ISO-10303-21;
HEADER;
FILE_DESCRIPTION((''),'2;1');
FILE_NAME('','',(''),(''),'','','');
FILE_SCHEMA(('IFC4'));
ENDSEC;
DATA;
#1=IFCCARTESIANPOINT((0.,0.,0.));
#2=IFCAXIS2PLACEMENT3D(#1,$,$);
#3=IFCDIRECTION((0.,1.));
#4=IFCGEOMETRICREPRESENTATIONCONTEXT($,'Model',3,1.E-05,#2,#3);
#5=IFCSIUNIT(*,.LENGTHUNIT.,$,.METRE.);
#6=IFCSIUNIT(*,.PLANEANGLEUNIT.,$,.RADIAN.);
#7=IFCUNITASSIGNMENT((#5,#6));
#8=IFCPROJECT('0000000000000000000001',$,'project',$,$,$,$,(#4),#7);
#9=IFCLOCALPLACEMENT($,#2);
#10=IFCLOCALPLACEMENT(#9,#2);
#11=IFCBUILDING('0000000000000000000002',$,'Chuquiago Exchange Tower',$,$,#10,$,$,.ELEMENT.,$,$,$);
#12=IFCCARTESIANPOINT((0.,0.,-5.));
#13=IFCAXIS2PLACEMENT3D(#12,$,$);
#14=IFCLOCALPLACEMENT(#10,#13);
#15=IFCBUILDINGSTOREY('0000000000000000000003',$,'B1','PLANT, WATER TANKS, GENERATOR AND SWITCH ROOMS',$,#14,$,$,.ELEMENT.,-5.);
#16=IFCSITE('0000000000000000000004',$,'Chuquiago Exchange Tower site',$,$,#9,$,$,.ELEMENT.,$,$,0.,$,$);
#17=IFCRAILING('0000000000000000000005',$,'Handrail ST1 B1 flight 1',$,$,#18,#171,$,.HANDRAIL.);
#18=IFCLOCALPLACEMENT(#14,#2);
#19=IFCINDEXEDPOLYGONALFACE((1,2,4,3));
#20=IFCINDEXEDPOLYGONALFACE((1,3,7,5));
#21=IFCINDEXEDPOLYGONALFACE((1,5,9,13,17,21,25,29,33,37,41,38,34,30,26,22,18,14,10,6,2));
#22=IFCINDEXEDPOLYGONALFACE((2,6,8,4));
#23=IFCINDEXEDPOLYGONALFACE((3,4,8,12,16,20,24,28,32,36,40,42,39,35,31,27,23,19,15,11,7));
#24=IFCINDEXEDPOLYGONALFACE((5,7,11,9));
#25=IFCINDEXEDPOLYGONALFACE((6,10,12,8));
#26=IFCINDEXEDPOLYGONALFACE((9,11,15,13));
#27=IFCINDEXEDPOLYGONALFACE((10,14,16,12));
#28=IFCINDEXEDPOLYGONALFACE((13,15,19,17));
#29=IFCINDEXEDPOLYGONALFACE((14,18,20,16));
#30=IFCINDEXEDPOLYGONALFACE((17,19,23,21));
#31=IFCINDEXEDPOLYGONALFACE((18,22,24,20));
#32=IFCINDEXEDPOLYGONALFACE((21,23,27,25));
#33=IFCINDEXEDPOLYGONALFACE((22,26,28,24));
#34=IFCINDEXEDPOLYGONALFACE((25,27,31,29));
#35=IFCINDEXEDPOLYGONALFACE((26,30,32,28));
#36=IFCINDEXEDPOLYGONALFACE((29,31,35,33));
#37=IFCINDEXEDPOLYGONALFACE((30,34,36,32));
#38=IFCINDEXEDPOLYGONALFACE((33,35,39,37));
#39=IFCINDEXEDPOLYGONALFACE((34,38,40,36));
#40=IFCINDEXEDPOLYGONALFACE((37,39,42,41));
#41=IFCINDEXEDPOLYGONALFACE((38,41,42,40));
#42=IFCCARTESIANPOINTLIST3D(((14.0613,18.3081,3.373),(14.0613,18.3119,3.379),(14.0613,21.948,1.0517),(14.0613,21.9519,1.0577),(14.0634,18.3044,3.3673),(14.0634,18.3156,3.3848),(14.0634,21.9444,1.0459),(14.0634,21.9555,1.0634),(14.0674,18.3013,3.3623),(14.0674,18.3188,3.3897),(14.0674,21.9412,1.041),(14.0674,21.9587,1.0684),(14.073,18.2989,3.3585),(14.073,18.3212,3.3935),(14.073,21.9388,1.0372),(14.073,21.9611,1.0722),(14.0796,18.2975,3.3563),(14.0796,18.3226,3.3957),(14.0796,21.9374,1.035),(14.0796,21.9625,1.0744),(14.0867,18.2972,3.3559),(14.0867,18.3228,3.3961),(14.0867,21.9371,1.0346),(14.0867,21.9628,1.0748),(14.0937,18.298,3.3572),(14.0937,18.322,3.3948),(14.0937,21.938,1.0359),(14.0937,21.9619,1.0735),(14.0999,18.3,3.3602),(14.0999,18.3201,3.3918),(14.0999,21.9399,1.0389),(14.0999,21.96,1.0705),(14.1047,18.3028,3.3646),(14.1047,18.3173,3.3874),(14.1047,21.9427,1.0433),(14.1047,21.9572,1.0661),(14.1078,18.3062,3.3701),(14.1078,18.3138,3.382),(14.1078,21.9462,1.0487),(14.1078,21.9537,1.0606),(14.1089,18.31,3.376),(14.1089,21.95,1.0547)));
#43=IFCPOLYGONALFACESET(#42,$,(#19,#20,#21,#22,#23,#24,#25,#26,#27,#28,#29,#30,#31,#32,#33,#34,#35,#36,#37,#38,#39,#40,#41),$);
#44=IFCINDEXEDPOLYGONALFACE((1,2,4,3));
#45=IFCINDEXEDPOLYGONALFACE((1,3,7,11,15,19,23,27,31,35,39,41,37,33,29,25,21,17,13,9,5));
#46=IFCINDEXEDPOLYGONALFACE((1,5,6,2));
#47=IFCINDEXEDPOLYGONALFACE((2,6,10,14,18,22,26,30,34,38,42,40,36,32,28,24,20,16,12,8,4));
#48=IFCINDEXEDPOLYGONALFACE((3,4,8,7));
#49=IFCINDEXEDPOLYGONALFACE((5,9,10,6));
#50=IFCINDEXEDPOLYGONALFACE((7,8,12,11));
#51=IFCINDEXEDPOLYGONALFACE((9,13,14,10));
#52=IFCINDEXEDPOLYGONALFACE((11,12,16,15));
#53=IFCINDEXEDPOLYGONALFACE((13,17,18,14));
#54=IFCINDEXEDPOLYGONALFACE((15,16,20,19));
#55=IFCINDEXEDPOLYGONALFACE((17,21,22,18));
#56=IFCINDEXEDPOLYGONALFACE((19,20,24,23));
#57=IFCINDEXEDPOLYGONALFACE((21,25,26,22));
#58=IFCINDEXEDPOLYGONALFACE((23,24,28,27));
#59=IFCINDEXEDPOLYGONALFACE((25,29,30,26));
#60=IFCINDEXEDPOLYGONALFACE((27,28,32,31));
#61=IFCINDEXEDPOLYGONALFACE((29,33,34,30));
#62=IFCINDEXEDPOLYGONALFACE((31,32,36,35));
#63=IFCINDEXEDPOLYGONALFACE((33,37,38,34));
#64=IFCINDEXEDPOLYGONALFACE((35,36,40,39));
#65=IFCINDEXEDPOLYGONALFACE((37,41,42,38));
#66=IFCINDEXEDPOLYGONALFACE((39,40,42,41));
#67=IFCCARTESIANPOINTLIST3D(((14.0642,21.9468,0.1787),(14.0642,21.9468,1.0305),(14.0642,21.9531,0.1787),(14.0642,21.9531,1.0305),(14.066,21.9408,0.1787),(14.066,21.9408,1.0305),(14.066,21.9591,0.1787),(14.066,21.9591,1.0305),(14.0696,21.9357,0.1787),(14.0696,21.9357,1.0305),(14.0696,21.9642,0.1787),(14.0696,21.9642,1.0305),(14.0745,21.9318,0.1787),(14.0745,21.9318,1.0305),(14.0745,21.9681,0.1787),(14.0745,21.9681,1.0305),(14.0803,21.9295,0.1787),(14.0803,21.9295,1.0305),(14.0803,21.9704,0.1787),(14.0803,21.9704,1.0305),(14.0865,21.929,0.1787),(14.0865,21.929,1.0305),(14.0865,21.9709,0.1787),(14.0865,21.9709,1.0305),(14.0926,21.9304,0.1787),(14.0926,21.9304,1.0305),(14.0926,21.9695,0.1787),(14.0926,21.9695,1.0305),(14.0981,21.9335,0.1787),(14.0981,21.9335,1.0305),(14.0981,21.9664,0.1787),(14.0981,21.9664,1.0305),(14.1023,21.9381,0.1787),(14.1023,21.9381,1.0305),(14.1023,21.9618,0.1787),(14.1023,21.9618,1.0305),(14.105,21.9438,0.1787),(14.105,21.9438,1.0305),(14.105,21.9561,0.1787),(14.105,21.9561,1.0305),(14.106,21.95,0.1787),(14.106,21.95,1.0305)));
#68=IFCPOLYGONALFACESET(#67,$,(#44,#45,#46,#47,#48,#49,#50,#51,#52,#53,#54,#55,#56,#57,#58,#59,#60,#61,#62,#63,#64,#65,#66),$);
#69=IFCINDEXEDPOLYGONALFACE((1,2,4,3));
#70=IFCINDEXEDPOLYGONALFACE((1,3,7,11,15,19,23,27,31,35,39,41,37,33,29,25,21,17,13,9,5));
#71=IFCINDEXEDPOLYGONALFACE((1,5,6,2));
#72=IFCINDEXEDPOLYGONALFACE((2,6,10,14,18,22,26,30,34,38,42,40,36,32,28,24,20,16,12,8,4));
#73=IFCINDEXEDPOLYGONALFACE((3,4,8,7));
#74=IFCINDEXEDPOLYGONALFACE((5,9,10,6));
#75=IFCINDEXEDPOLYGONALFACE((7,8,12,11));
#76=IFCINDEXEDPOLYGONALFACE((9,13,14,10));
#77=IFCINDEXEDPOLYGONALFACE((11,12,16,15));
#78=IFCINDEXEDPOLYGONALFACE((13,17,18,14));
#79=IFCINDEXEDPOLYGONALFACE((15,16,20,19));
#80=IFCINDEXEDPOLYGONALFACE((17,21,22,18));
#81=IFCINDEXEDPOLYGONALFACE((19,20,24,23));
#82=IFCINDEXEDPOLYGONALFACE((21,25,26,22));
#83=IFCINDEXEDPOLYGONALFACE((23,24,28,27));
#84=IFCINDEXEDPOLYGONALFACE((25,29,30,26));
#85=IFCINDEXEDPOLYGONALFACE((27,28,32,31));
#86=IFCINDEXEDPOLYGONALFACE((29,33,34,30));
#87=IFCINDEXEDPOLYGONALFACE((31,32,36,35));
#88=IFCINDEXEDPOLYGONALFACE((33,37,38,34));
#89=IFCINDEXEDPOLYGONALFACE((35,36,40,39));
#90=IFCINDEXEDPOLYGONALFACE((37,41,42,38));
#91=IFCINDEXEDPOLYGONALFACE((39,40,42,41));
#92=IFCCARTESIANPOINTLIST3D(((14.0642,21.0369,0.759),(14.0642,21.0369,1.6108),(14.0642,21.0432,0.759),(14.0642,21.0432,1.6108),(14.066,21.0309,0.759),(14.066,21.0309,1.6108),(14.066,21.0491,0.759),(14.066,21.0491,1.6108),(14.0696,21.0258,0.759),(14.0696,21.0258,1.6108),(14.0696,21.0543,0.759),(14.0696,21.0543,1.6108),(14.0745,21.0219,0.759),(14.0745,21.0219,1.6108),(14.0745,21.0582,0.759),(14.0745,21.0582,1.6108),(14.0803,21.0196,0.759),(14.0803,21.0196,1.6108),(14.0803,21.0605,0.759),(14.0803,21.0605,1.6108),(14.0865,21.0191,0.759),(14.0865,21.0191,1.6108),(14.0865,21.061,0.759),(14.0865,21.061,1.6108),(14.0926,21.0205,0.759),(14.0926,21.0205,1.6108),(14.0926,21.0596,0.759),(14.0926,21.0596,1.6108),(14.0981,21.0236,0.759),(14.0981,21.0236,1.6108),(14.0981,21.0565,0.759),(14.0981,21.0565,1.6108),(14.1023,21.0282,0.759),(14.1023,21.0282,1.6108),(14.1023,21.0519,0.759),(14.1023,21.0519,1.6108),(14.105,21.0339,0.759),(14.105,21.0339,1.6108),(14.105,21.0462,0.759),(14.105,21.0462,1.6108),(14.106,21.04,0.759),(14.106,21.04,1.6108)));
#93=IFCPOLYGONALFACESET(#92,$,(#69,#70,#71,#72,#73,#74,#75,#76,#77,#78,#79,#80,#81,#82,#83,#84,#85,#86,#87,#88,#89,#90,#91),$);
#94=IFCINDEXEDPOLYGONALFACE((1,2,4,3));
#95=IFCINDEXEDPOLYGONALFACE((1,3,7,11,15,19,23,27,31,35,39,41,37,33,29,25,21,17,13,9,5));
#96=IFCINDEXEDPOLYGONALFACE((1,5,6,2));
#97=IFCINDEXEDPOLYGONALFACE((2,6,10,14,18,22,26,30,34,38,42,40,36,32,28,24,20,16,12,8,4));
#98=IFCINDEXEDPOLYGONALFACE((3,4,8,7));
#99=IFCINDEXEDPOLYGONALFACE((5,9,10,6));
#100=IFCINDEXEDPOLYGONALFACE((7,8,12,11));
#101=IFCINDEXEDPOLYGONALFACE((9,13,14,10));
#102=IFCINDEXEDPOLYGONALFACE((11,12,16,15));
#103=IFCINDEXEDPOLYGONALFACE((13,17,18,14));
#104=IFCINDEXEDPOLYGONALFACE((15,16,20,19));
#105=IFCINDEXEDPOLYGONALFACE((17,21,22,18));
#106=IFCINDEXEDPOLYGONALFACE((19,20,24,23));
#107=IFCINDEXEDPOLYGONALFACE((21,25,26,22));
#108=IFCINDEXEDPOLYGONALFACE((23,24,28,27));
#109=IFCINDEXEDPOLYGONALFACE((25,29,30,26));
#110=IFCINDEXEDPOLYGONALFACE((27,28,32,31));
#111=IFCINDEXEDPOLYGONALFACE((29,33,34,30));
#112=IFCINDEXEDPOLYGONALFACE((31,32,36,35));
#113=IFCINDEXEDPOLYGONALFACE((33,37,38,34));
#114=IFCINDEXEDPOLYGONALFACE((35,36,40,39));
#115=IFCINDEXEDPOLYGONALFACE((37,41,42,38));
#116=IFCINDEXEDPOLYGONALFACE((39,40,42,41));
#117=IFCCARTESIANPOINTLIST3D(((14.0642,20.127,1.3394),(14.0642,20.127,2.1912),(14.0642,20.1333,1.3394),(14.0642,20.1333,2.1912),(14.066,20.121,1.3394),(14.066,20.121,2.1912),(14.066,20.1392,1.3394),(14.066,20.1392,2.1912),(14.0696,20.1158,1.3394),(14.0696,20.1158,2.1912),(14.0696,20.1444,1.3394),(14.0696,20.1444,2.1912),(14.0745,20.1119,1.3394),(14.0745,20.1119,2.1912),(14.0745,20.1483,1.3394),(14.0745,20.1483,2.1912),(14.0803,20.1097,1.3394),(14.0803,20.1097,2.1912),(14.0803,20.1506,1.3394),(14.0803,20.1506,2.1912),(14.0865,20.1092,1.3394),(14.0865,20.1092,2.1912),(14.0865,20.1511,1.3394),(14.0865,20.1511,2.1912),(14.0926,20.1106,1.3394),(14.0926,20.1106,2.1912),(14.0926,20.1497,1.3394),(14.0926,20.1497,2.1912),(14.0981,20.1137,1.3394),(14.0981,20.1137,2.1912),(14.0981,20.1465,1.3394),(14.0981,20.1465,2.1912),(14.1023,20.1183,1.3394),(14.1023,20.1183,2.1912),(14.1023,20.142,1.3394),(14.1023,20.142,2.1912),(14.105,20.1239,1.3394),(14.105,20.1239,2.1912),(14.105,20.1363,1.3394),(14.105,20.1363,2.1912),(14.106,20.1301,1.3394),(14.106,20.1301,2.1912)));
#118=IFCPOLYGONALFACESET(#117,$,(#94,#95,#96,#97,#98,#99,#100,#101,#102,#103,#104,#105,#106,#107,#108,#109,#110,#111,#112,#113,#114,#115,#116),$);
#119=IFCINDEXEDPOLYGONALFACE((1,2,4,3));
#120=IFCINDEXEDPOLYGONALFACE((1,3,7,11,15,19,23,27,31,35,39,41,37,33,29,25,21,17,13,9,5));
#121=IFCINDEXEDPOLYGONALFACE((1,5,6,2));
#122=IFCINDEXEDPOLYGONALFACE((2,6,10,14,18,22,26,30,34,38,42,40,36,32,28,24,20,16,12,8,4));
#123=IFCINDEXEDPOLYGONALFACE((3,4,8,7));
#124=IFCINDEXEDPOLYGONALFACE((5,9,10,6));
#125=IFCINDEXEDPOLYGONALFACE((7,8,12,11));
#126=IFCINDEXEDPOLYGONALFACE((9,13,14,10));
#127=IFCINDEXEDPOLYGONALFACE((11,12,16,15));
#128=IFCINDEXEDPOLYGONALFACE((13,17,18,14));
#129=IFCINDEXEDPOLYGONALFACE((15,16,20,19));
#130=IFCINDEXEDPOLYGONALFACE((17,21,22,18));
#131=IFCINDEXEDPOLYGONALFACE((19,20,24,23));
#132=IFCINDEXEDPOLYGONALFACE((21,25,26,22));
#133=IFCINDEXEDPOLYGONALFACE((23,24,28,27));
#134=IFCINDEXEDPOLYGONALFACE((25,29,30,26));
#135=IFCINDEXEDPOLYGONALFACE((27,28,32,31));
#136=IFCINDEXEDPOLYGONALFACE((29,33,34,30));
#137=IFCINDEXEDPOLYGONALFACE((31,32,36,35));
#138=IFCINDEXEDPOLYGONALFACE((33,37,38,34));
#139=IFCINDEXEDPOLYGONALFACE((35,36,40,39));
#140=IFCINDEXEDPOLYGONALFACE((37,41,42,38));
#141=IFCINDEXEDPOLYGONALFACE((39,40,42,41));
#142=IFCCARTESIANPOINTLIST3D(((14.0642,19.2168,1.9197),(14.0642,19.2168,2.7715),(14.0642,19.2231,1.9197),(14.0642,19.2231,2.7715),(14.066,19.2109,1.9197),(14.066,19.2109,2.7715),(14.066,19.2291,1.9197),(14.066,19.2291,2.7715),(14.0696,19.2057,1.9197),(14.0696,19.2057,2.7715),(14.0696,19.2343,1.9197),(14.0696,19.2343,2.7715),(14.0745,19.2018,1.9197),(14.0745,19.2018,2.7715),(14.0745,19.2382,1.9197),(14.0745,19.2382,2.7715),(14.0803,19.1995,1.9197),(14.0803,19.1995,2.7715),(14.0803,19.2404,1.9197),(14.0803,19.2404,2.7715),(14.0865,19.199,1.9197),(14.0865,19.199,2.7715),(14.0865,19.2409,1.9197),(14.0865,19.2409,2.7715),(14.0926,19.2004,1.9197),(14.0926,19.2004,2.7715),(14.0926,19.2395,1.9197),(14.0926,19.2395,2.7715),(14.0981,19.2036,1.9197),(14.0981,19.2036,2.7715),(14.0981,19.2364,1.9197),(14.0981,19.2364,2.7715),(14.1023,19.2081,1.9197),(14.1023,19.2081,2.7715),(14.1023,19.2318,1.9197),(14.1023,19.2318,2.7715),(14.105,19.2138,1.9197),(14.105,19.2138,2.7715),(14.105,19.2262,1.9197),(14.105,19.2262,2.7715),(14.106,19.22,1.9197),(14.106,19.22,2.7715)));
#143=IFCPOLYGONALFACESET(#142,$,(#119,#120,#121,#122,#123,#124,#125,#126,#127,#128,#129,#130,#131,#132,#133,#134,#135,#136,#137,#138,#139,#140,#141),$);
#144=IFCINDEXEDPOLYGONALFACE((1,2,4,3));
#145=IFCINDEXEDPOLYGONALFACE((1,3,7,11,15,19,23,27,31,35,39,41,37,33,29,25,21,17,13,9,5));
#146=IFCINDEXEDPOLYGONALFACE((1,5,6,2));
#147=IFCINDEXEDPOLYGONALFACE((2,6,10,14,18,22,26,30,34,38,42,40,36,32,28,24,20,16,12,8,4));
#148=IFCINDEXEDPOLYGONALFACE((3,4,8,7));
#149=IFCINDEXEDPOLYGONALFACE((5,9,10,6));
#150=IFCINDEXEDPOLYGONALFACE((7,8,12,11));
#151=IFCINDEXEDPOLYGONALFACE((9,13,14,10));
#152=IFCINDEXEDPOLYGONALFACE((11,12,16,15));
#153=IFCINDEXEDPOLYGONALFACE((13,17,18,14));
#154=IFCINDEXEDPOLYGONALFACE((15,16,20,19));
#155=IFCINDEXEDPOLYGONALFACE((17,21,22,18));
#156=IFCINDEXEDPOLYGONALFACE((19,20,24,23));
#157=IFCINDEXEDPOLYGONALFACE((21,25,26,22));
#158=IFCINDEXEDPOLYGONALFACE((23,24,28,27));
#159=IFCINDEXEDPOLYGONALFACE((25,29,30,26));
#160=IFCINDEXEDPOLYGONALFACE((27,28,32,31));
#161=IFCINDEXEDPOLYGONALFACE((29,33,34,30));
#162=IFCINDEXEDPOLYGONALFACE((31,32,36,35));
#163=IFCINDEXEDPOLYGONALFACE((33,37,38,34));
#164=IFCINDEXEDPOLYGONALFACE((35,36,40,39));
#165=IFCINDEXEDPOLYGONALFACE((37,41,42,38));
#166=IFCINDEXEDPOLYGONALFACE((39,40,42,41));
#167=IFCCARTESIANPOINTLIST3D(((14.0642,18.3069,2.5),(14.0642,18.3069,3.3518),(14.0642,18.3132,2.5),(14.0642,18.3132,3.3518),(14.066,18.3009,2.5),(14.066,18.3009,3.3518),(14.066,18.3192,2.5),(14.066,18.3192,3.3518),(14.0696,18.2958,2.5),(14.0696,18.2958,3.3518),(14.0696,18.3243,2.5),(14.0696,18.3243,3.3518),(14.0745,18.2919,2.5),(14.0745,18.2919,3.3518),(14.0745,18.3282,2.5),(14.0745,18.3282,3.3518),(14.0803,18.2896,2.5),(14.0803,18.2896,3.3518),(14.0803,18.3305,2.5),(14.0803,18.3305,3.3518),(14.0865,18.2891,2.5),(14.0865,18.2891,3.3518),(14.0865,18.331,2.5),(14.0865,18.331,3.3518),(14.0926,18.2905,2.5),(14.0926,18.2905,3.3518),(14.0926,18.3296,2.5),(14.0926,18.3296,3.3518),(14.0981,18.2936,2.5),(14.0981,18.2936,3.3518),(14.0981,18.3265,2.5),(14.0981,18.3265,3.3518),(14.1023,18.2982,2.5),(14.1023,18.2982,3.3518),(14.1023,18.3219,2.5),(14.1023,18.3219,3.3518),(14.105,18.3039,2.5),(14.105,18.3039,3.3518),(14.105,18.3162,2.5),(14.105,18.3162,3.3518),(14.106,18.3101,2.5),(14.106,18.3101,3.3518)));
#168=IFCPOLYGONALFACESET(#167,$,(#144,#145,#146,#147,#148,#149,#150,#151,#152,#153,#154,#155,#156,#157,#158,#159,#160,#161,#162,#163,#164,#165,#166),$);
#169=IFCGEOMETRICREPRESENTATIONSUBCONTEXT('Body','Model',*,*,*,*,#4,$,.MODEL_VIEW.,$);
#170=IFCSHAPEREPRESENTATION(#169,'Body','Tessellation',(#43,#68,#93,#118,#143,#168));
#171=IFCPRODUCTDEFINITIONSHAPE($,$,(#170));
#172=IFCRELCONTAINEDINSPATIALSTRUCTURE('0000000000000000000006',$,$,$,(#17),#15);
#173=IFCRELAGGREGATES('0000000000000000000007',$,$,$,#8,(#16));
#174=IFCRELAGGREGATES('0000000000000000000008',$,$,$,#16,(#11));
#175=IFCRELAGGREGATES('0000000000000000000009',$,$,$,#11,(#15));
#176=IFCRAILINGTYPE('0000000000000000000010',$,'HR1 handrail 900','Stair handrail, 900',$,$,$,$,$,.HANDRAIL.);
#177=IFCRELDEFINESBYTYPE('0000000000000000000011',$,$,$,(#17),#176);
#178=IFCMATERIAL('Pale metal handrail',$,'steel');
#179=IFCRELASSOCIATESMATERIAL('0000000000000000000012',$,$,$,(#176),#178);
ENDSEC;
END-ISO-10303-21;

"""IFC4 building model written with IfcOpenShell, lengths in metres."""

from ifc_helpers import new_model, si_unit, direction, frame, origin, origin_2d, place, context, subcontext, project, spatial, circle, extrude, material, type_object, element, save


model = new_model("IFC4")

# Units and contexts
model_context = context("Model", 3, precision=1e-05, world=origin(), true_north=direction((0.0, 1.0)))
body_context = subcontext(model_context, "Body", "Model", "MODEL_VIEW")
ifc_project = project(units=[si_unit("LENGTHUNIT", "METRE"), si_unit("PLANEANGLEUNIT", "RADIAN")], contexts=[model_context])

# Site, building, storey
site_placement = place(None, origin())
site = spatial("IfcSite", under=ifc_project, at=site_placement, Name="Chuquiago Exchange Tower site", CompositionType="ELEMENT", RefElevation=0.0)
building_placement = place(site_placement, origin())
building = spatial("IfcBuilding", under=site, at=building_placement, Name="Chuquiago Exchange Tower", CompositionType="ELEMENT")
storey_placement = place(building_placement, frame((0.0, 0.0, -5.0)))
storey = spatial("IfcBuildingStorey", under=building, at=storey_placement, Name="B1", Description="PLANT, WATER TANKS, GENERATOR AND SWITCH ROOMS", CompositionType="ELEMENT", Elevation=-5.0)

# Railing
ifc_material_1 = material(Name="Pale metal handrail", Category="steel")
railing_type = type_object("IfcRailingType", Name="HR1 handrail 900", Description="Stair handrail, 900", PredefinedType="HANDRAIL", material=ifc_material_1)
for number, where, name in (
    (1, (14.085, 21.95, 0.1787), "Handrail ST1 B1 flight 1"),
):
    element("IfcRailing", number, at=place(storey_placement, frame(where)), inside=storey, type_object=railing_type, Name=name, PredefinedType="HANDRAIL", context=body_context, shape_type="SweptSolid", body=[
        extrude(circle(Radius=0.0239, at=origin_2d()), frame((0.0, 0.0, 0.876), z_axis=(0.0, -0.843137, 0.537699), x_axis=(1.0, 0.0, 0.0)), (0.0, 0.0, 1.0), 4.3171),
        extrude(circle(Radius=0.021, at=origin_2d()), origin(), (0.0, 0.0, 1.0), 0.8518),
        extrude(circle(Radius=0.021, at=origin_2d()), frame((0.0, -0.9099, 0.5803)), (0.0, 0.0, 1.0), 0.8518),
        extrude(circle(Radius=0.021, at=origin_2d()), frame((0.0, -1.8198, 1.1606)), (0.0, 0.0, 1.0), 0.8518),
        extrude(circle(Radius=0.021, at=origin_2d()), frame((0.0, -2.73, 1.741)), (0.0, 0.0, 1.0), 0.8518),
        extrude(circle(Radius=0.021, at=origin_2d()), frame((0.0, -3.6399, 2.3213)), (0.0, 0.0, 1.0), 0.8518),
    ])

save(model, "model.ifc")
